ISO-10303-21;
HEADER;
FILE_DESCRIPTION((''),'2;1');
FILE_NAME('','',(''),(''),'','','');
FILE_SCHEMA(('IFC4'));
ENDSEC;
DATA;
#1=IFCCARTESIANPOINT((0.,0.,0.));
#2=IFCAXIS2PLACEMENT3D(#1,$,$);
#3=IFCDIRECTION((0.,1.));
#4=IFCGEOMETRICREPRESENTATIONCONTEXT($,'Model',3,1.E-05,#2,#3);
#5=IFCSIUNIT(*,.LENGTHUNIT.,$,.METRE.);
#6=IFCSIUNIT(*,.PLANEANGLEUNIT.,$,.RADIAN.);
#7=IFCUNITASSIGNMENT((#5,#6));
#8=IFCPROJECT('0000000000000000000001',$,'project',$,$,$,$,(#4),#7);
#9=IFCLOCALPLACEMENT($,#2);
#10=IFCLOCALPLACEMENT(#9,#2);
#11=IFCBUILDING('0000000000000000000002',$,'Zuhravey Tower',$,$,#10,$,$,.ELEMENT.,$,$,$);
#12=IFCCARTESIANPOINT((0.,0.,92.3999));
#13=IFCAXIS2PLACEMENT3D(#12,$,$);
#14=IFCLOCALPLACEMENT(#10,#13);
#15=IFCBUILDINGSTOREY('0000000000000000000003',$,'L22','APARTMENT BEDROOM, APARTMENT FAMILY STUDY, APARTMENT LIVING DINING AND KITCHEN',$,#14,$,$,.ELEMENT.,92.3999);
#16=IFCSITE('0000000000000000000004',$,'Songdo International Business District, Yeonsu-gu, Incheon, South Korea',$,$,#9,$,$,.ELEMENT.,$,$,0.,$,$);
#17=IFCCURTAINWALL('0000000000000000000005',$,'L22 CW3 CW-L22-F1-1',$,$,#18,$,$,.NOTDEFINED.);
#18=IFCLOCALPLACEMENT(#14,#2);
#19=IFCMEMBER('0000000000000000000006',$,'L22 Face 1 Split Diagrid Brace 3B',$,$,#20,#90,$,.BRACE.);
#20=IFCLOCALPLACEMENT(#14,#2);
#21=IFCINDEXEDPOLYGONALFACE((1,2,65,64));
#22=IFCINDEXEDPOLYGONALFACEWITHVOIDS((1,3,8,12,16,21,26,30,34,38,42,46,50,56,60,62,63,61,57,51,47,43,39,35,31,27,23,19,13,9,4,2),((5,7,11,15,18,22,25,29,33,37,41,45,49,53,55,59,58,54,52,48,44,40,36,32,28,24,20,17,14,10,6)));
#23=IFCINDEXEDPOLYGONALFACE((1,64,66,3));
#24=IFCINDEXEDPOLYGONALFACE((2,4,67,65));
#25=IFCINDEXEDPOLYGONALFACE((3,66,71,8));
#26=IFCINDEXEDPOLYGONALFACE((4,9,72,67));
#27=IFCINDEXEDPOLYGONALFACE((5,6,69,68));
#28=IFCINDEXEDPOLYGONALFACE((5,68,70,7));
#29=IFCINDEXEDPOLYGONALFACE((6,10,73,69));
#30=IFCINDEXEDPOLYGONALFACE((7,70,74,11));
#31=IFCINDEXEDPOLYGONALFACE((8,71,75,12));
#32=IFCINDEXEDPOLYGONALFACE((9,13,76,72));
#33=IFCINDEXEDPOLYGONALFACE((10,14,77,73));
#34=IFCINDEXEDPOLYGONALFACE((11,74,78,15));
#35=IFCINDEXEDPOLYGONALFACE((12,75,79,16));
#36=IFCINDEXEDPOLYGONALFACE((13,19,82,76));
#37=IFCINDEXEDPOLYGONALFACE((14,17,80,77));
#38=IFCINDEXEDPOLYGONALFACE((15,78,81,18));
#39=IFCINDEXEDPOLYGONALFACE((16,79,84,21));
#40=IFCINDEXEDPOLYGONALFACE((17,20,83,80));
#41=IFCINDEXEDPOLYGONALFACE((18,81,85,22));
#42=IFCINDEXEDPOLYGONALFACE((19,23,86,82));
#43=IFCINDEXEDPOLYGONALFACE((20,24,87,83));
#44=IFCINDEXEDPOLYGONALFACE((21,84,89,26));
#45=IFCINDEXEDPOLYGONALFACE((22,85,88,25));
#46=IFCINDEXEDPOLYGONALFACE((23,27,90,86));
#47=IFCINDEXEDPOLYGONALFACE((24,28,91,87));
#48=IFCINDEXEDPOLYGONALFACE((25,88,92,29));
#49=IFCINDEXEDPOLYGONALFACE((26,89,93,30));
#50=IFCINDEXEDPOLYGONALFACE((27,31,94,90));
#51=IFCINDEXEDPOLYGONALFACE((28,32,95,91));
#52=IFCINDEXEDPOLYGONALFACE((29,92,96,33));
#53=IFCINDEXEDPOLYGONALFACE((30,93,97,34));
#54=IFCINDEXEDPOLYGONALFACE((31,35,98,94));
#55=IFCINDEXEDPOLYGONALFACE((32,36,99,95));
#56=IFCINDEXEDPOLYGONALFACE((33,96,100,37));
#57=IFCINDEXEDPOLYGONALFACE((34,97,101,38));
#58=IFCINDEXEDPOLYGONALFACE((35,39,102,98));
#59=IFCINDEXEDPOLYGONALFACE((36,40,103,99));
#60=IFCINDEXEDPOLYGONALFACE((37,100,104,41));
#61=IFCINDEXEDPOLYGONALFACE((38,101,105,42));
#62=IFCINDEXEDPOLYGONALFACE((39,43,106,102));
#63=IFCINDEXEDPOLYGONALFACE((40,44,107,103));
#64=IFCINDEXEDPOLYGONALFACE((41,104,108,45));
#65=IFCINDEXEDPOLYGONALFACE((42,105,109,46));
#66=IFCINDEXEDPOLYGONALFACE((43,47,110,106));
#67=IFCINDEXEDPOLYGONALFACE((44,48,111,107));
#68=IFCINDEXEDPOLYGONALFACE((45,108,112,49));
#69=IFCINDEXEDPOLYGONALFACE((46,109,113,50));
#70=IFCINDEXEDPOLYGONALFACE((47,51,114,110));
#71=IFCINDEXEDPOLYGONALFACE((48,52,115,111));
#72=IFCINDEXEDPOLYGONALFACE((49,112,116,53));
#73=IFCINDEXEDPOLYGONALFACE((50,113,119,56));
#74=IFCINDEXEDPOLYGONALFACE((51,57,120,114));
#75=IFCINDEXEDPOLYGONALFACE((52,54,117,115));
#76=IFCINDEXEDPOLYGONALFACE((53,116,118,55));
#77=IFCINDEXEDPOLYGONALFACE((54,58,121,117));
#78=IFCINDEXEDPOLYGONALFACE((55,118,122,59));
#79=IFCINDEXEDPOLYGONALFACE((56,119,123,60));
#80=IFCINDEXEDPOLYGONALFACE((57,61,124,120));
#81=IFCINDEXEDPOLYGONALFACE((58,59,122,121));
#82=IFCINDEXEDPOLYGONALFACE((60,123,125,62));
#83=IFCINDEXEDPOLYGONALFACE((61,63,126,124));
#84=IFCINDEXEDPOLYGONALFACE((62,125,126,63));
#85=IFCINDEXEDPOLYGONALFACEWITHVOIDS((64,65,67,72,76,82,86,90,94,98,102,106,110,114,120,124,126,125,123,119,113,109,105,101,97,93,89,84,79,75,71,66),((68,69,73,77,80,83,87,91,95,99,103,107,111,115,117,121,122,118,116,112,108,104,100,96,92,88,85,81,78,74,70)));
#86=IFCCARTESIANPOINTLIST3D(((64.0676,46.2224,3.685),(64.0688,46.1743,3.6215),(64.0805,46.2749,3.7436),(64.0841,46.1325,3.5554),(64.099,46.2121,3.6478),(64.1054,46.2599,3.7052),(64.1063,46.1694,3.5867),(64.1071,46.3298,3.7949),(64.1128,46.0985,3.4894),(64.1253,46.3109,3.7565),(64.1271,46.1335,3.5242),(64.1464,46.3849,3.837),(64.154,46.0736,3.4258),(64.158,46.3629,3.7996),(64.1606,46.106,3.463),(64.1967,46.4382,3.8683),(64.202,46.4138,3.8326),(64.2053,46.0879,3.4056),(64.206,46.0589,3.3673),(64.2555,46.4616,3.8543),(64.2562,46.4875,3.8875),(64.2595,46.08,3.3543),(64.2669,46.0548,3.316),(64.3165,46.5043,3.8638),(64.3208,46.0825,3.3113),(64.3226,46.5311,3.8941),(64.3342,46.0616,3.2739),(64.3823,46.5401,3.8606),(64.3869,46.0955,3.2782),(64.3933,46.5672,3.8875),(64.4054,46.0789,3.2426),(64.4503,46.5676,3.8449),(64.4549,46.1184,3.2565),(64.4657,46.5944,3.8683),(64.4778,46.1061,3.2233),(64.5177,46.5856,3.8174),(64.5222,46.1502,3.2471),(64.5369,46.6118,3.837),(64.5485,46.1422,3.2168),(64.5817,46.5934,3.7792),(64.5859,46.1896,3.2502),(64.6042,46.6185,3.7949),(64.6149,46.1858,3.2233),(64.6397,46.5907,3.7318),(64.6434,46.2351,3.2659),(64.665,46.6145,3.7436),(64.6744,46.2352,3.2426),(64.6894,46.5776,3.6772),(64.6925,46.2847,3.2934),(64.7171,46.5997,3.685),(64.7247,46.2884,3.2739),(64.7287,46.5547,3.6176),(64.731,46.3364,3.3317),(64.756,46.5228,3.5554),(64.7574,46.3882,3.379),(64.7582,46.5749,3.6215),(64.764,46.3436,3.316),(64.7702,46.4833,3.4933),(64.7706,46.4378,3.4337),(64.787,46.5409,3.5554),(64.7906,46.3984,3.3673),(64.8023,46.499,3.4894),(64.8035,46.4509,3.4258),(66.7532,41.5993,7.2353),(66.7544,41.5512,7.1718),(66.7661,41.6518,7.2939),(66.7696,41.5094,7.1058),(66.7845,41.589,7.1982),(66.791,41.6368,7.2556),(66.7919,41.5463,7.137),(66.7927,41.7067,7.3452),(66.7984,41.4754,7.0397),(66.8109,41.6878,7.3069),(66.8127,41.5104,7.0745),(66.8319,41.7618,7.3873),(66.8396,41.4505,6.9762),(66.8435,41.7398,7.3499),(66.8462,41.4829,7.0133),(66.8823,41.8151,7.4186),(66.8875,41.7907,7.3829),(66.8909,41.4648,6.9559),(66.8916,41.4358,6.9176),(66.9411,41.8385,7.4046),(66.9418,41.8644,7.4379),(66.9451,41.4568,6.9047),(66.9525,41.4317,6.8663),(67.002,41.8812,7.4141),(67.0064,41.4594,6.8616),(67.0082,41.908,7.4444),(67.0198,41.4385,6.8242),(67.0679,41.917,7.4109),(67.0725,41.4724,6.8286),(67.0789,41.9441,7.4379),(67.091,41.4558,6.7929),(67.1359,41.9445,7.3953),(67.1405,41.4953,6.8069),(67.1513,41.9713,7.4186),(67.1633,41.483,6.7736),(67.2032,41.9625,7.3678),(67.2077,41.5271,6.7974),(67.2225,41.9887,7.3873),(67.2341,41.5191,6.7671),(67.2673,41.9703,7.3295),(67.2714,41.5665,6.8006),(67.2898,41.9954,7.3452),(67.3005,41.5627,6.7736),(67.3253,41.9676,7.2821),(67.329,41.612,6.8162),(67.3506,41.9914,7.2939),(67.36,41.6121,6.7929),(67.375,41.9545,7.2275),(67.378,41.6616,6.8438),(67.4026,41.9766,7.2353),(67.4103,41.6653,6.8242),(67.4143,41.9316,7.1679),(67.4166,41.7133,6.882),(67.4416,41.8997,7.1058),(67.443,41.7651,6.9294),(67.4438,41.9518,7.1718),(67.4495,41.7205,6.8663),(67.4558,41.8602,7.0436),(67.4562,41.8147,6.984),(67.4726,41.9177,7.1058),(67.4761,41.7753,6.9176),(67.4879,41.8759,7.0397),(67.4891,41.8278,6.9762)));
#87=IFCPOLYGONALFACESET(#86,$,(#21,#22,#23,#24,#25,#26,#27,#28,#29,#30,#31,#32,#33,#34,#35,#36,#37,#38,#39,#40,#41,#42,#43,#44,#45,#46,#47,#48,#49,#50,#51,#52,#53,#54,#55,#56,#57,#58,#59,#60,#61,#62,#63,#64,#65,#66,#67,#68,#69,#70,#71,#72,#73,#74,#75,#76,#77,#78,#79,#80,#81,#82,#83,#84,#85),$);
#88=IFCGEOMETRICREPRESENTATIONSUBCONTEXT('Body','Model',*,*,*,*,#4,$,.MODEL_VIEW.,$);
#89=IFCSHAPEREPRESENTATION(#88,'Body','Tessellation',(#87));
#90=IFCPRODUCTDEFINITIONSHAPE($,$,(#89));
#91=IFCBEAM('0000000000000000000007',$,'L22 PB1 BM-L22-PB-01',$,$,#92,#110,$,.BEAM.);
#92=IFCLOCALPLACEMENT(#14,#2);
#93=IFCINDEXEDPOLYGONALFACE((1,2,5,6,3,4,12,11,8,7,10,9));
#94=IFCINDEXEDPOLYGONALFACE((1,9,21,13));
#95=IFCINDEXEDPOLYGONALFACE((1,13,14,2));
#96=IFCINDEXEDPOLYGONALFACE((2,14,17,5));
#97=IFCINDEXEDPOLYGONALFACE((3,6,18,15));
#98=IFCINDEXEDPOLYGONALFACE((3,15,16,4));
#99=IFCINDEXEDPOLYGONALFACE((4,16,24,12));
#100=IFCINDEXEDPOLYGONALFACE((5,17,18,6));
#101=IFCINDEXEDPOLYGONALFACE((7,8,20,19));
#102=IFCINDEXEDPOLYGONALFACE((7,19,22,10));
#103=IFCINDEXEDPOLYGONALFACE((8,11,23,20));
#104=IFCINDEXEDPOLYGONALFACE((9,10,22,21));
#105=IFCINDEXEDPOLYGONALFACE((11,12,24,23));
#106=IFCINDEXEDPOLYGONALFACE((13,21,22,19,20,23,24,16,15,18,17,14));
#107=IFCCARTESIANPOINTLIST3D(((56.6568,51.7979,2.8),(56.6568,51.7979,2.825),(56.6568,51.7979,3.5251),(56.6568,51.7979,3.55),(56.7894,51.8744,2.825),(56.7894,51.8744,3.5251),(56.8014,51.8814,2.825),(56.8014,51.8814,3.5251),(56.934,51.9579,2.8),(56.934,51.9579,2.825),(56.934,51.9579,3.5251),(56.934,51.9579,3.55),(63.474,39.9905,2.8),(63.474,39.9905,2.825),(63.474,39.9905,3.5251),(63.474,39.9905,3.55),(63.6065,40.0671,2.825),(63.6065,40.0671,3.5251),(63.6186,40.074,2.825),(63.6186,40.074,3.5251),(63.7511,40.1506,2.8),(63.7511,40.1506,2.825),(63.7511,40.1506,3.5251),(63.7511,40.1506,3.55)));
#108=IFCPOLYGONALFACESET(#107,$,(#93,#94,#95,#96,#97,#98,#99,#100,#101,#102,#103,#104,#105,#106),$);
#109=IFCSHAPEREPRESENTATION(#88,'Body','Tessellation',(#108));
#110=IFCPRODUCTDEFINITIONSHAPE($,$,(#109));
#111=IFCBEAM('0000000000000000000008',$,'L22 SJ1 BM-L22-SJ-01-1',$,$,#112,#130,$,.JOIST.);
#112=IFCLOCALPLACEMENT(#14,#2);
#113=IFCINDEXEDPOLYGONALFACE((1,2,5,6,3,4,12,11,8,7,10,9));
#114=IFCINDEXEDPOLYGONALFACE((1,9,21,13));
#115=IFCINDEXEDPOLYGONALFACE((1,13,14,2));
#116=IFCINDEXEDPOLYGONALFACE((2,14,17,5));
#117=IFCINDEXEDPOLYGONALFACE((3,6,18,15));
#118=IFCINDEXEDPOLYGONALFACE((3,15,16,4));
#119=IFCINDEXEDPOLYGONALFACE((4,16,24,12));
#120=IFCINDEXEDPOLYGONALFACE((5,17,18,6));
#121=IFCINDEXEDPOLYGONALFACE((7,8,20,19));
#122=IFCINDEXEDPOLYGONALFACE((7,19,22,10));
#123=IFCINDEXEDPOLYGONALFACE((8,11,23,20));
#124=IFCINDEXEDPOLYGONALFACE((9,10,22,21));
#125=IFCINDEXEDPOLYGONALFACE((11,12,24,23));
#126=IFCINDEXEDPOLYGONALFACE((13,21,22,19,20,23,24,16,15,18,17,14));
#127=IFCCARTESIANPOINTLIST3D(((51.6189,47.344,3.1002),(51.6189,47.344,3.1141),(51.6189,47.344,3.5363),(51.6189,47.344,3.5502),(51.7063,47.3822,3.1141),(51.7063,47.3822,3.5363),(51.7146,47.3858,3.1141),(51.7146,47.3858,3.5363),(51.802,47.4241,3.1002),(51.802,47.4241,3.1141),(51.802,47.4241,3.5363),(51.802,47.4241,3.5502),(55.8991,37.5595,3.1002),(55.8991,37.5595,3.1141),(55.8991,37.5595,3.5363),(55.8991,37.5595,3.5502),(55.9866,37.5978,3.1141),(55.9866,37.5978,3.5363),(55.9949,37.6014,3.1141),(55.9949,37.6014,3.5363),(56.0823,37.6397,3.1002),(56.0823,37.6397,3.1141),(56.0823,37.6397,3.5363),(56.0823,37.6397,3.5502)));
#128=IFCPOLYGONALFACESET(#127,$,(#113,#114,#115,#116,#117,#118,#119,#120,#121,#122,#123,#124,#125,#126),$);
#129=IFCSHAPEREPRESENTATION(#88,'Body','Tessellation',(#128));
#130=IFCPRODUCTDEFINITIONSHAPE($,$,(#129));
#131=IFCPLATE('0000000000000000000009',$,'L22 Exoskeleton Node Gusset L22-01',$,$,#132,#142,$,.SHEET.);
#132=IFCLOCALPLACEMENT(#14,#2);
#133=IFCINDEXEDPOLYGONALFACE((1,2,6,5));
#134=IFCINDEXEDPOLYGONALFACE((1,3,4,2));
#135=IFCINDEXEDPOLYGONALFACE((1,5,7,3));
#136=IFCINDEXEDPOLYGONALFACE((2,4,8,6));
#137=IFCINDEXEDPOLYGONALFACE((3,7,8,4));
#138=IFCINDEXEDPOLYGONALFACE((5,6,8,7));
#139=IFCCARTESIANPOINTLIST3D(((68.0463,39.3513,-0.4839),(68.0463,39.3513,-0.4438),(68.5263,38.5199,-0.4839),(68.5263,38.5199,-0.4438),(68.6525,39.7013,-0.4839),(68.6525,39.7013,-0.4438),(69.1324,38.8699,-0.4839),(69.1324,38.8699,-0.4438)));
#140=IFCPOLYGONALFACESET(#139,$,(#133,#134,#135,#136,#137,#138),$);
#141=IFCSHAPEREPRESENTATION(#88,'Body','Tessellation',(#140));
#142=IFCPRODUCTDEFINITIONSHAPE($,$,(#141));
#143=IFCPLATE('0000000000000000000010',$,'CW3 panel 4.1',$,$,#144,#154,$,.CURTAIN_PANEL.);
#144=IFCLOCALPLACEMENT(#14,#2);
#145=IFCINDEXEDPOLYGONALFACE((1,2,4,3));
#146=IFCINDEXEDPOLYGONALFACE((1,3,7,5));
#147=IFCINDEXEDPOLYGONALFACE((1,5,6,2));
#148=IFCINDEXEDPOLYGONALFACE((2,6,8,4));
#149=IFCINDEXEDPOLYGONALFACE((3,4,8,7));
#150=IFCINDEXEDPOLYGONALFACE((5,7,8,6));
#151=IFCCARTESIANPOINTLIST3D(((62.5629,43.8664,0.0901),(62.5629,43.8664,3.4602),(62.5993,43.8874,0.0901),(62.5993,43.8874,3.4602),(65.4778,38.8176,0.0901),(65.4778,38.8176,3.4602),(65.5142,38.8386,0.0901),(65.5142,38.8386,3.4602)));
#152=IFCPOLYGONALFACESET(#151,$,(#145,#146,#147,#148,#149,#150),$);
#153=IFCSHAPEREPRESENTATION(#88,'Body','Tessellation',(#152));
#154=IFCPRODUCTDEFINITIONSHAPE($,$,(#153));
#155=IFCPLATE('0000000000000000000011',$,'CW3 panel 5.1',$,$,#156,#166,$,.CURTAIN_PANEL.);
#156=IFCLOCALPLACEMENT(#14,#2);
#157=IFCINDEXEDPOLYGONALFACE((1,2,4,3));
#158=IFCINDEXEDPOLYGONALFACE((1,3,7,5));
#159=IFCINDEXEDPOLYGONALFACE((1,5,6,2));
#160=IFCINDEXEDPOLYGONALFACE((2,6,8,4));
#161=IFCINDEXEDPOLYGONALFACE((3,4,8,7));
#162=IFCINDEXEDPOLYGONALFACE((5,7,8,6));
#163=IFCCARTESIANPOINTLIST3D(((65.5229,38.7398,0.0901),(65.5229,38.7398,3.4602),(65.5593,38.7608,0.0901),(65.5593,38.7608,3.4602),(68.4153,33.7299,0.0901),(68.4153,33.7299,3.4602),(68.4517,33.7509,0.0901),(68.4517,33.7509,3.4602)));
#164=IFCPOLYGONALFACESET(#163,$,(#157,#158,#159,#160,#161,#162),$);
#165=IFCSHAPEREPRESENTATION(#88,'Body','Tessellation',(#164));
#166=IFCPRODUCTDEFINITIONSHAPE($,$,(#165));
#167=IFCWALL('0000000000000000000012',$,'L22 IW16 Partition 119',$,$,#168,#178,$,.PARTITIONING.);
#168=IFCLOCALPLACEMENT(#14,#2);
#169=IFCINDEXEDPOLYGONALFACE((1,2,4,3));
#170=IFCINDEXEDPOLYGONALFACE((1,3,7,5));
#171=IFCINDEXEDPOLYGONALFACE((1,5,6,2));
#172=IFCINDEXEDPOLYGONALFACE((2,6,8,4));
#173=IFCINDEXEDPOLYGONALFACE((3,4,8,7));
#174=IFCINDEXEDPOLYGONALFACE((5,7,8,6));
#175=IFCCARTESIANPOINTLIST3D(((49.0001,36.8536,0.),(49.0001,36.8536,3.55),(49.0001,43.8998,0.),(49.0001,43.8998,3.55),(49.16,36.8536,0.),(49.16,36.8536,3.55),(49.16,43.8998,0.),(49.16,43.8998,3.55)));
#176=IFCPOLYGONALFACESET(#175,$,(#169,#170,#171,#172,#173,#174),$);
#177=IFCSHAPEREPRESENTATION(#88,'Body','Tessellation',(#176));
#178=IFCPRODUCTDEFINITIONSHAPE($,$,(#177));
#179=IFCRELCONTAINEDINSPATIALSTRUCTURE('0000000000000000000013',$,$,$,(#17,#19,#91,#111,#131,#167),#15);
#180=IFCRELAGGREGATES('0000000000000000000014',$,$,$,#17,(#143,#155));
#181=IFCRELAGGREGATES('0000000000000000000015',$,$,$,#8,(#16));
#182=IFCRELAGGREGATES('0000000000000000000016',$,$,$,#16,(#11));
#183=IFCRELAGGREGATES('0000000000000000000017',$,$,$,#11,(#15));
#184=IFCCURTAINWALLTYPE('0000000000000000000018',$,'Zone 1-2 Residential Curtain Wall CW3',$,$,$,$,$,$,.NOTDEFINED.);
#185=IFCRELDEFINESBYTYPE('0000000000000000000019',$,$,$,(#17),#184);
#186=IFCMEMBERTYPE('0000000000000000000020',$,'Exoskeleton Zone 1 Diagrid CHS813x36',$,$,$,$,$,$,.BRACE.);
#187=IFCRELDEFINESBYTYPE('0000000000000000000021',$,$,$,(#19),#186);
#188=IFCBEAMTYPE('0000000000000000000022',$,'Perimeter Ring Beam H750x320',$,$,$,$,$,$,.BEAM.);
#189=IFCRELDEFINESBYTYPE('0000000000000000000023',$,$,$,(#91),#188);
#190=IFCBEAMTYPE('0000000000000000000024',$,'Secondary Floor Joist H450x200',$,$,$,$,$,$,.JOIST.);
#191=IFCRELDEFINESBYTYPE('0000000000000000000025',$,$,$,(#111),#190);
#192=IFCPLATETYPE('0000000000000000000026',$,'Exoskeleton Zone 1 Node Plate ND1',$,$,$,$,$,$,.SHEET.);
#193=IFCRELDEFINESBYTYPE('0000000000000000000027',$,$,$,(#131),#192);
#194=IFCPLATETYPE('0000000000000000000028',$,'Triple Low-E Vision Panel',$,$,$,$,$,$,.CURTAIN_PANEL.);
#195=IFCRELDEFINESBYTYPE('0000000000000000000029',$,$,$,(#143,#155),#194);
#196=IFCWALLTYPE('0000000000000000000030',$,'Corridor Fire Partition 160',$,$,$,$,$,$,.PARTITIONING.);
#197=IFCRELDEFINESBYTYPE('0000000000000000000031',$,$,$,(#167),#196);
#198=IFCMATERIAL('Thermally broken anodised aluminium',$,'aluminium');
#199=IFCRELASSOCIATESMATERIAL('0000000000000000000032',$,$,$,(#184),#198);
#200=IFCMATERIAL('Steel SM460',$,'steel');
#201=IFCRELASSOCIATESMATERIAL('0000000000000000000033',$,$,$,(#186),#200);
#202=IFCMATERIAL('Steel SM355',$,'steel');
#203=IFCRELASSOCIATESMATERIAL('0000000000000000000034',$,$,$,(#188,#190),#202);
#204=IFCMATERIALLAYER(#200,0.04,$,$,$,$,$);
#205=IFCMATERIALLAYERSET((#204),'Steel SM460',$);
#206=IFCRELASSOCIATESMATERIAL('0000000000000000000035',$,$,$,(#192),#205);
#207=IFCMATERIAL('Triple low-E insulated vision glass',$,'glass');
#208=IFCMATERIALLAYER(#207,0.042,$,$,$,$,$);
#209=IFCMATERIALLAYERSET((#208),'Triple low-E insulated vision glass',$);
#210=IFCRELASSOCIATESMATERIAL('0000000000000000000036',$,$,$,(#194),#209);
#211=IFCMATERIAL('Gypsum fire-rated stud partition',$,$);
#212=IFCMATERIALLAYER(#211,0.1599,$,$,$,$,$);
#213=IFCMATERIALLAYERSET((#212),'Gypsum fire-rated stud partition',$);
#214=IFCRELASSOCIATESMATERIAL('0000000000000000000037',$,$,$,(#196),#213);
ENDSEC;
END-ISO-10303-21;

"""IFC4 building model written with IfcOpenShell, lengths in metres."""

from ifc_helpers import new_model, si_unit, direction, frame, frame_2d, origin, origin_2d, place, context, subcontext, project, spatial, rectangle, hollow_circle, i_section, extrude, material, layer, layer_set, material_profile, profile_set, type_object, element, aggregate, save


model = new_model("IFC4")

# Units and contexts
model_context = context("Model", 3, precision=1e-05, world=origin(), true_north=direction((0.0, 1.0)))
body_context = subcontext(model_context, "Body", "Model", "MODEL_VIEW")
ifc_project = project(units=[si_unit("LENGTHUNIT", "METRE"), si_unit("PLANEANGLEUNIT", "RADIAN")], contexts=[model_context])

# Site, building, storey
site_placement = place(None, origin())
site = spatial("IfcSite", under=ifc_project, at=site_placement, Name="Songdo International Business District, Yeonsu-gu, Incheon, South Korea", CompositionType="ELEMENT", RefElevation=0.0)
building_placement = place(site_placement, origin())
building = spatial("IfcBuilding", under=site, at=building_placement, Name="Zuhravey Tower", CompositionType="ELEMENT")
storey_placement = place(building_placement, frame((0.0, 0.0, 92.3999)))
storey = spatial("IfcBuildingStorey", under=building, at=storey_placement, Name="L22", Description="APARTMENT BEDROOM, APARTMENT FAMILY STUDY, APARTMENT LIVING DINING AND KITCHEN", CompositionType="ELEMENT", Elevation=92.3999)

# Curtain wall
ifc_material_1 = material(Name="Thermally broken anodised aluminium", Category="aluminium")
curtain_wall_type = type_object("IfcCurtainWallType", Name="Zone 1-2 Residential Curtain Wall CW3", PredefinedType="NOTDEFINED", material=ifc_material_1)
curtain_wall_placement = place(storey_placement, origin())
curtain_wall = element("IfcCurtainWall", 1, at=curtain_wall_placement, inside=storey, type_object=curtain_wall_type, Name="L22 CW3 CW-L22-F1-1", PredefinedType="NOTDEFINED")

# Member
ifc_material_2 = material(Name="Steel SM355", Category="steel")
ifc_material_3 = material(Name="Steel SM460", Category="steel")
ifc_material_profile_1 = material_profile(ifc_material_3, hollow_circle(Radius=0.4065, WallThickness=0.0359, at=origin_2d()), Name="CHS-812.8x36")
ifc_profile_set_1 = profile_set([ifc_material_profile_1], Name="Steel SM460")
member_type_1 = type_object("IfcMemberType", Name="Exoskeleton Zone 1 Diagrid CHS813x36", PredefinedType="BRACE", material=ifc_profile_set_1)
member_1_placement = place(storey_placement, frame((64.4355, 46.3367, 3.5554), z_axis=(0.418447, -0.720338, 0.553187), x_axis=(0.864692, 0.502303, 0.0)))
element("IfcMember", 2, at=member_1_placement, inside=storey, type_object=member_type_1, Name="L22 Face 1 Split Diagrid Brace 3B", PredefinedType="BRACE", context=body_context, shape_type="SweptSolid", body=[
    extrude(hollow_circle(Radius=0.4065, WallThickness=0.0359, at=origin_2d()), origin(), (0.0, 0.0, 1.0), 6.418),
])

# Beams
ifc_material_profile_2 = material_profile(ifc_material_2, i_section(OverallWidth=0.3201, OverallDepth=0.75, WebThickness=0.0139, FlangeThickness=0.0249, at=origin_2d()), Name="H-750x320x14x25")
ifc_profile_set_2 = profile_set([ifc_material_profile_2], Name="Steel SM355")
beam_type_1 = type_object("IfcBeamType", Name="Perimeter Ring Beam H750x320", PredefinedType="BEAM", material=ifc_profile_set_2)
beam_1_placement = place(storey_placement, frame((63.6125, 40.0706, 3.175), z_axis=(-0.500008, 0.866021, 0.0), x_axis=(-0.866021, -0.500008, 0.0)))
element("IfcBeam", 3, at=beam_1_placement, inside=storey, type_object=beam_type_1, Name="L22 PB1 BM-L22-PB-01", PredefinedType="BEAM", context=body_context, shape_type="SweptSolid", body=[
    extrude(i_section(OverallWidth=0.3201, OverallDepth=0.75, WebThickness=0.0139, FlangeThickness=0.0249, at=origin_2d()), origin(), (0.0, 0.0, 1.0), 13.634),
])
ifc_material_profile_3 = material_profile(ifc_material_2, i_section(OverallWidth=0.2, OverallDepth=0.45, WebThickness=0.009, FlangeThickness=0.0139, at=origin_2d()), Name="H-450x200x9x14")
ifc_profile_set_3 = profile_set([ifc_material_profile_3], Name="Steel SM355")
beam_type_2 = type_object("IfcBeamType", Name="Secondary Floor Joist H450x200", PredefinedType="JOIST", material=ifc_profile_set_3)
beam_2_placement = place(storey_placement, frame((55.9907, 37.5996, 3.3252), z_axis=(-0.400786, 0.916172, 0.0), x_axis=(-0.916172, -0.400786, 0.0)))
element("IfcBeam", 4, at=beam_2_placement, inside=storey, type_object=beam_type_2, Name="L22 SJ1 BM-L22-SJ-01-1", PredefinedType="JOIST", context=body_context, shape_type="SweptSolid", body=[
    extrude(i_section(OverallWidth=0.2, OverallDepth=0.45, WebThickness=0.009, FlangeThickness=0.0139, at=origin_2d()), origin(), (0.0, 0.0, 1.0), 10.6797),
])

# Plates
ifc_layer_1 = layer(ifc_material_3, 0.04)
ifc_layer_set_1 = layer_set([ifc_layer_1], Name="Steel SM460")
plate_type_1 = type_object("IfcPlateType", Name="Exoskeleton Zone 1 Node Plate ND1", PredefinedType="SHEET", material=ifc_layer_set_1)
plate_1_placement = place(storey_placement, frame((68.5894, 39.1106, -0.4839), z_axis=(0.0, 0.0, 1.0), x_axis=(-0.5, 0.866025, 0.0)))
element("IfcPlate", 5, at=plate_1_placement, inside=storey, type_object=plate_type_1, Name="L22 Exoskeleton Node Gusset L22-01", PredefinedType="SHEET", context=body_context, shape_type="SweptSolid", body=[
    extrude(rectangle(XDim=0.96, YDim=0.7, at=origin_2d()), origin(), (0.0, 0.0, 1.0), 0.04),
])
ifc_material_4 = material(Name="Triple low-E insulated vision glass", Category="glass")
ifc_layer_2 = layer(ifc_material_4, 0.042)
ifc_layer_set_2 = layer_set([ifc_layer_2], Name="Triple low-E insulated vision glass")
plate_type_2 = type_object("IfcPlateType", Name="Triple Low-E Vision Panel", PredefinedType="CURTAIN_PANEL", material=ifc_layer_set_2)
plate_2_placement = place(storey_placement, frame((64.0386, 41.3525, 0.0901), z_axis=(0.0, 0.0, 1.0), x_axis=(0.5, -0.866026, 0.0)))
plate_2 = element("IfcPlate", 6, at=plate_2_placement, type_object=plate_type_2, Name="CW3 panel 4.1", PredefinedType="CURTAIN_PANEL", context=body_context, shape_type="SweptSolid", body=[
    extrude(rectangle(XDim=5.8298, YDim=0.042, at=origin_2d()), origin(), (0.0, 0.0, 1.0), 3.3701),
])
plate_3_placement = place(storey_placement, frame((66.9873, 36.2454, 0.0901), z_axis=(0.0, 0.0, 1.0), x_axis=(0.5, -0.866026, 0.0)))
plate_3 = element("IfcPlate", 7, at=plate_3_placement, type_object=plate_type_2, Name="CW3 panel 5.1", PredefinedType="CURTAIN_PANEL", context=body_context, shape_type="SweptSolid", body=[
    extrude(rectangle(XDim=5.7849, YDim=0.042, at=origin_2d()), origin(), (0.0, 0.0, 1.0), 3.3701),
])
aggregate(curtain_wall, [plate_2, plate_3])

# Wall
ifc_material_5 = material(Name="Gypsum fire-rated stud partition")
ifc_layer_3 = layer(ifc_material_5, 0.1599)
ifc_layer_set_3 = layer_set([ifc_layer_3], Name="Gypsum fire-rated stud partition")
wall_type_1 = type_object("IfcWallType", Name="Corridor Fire Partition 160", PredefinedType="PARTITIONING", material=ifc_layer_set_3)
wall_1_placement = place(storey_placement, frame((49.0801, 36.8538, 0.0), z_axis=(0.0, 0.0, 1.0), x_axis=(0.0, 1.0, 0.0)))
element("IfcWall", 8, at=wall_1_placement, inside=storey, type_object=wall_type_1, Name="L22 IW16 Partition 119", PredefinedType="PARTITIONING", context=body_context, shape_type="SweptSolid", body=[
    extrude(rectangle(XDim=7.0461, YDim=0.1599, at=frame_2d((3.5229, 0.0))), origin(), (0.0, 0.0, 1.0), 3.55),
])

save(model, "model.ifc")
